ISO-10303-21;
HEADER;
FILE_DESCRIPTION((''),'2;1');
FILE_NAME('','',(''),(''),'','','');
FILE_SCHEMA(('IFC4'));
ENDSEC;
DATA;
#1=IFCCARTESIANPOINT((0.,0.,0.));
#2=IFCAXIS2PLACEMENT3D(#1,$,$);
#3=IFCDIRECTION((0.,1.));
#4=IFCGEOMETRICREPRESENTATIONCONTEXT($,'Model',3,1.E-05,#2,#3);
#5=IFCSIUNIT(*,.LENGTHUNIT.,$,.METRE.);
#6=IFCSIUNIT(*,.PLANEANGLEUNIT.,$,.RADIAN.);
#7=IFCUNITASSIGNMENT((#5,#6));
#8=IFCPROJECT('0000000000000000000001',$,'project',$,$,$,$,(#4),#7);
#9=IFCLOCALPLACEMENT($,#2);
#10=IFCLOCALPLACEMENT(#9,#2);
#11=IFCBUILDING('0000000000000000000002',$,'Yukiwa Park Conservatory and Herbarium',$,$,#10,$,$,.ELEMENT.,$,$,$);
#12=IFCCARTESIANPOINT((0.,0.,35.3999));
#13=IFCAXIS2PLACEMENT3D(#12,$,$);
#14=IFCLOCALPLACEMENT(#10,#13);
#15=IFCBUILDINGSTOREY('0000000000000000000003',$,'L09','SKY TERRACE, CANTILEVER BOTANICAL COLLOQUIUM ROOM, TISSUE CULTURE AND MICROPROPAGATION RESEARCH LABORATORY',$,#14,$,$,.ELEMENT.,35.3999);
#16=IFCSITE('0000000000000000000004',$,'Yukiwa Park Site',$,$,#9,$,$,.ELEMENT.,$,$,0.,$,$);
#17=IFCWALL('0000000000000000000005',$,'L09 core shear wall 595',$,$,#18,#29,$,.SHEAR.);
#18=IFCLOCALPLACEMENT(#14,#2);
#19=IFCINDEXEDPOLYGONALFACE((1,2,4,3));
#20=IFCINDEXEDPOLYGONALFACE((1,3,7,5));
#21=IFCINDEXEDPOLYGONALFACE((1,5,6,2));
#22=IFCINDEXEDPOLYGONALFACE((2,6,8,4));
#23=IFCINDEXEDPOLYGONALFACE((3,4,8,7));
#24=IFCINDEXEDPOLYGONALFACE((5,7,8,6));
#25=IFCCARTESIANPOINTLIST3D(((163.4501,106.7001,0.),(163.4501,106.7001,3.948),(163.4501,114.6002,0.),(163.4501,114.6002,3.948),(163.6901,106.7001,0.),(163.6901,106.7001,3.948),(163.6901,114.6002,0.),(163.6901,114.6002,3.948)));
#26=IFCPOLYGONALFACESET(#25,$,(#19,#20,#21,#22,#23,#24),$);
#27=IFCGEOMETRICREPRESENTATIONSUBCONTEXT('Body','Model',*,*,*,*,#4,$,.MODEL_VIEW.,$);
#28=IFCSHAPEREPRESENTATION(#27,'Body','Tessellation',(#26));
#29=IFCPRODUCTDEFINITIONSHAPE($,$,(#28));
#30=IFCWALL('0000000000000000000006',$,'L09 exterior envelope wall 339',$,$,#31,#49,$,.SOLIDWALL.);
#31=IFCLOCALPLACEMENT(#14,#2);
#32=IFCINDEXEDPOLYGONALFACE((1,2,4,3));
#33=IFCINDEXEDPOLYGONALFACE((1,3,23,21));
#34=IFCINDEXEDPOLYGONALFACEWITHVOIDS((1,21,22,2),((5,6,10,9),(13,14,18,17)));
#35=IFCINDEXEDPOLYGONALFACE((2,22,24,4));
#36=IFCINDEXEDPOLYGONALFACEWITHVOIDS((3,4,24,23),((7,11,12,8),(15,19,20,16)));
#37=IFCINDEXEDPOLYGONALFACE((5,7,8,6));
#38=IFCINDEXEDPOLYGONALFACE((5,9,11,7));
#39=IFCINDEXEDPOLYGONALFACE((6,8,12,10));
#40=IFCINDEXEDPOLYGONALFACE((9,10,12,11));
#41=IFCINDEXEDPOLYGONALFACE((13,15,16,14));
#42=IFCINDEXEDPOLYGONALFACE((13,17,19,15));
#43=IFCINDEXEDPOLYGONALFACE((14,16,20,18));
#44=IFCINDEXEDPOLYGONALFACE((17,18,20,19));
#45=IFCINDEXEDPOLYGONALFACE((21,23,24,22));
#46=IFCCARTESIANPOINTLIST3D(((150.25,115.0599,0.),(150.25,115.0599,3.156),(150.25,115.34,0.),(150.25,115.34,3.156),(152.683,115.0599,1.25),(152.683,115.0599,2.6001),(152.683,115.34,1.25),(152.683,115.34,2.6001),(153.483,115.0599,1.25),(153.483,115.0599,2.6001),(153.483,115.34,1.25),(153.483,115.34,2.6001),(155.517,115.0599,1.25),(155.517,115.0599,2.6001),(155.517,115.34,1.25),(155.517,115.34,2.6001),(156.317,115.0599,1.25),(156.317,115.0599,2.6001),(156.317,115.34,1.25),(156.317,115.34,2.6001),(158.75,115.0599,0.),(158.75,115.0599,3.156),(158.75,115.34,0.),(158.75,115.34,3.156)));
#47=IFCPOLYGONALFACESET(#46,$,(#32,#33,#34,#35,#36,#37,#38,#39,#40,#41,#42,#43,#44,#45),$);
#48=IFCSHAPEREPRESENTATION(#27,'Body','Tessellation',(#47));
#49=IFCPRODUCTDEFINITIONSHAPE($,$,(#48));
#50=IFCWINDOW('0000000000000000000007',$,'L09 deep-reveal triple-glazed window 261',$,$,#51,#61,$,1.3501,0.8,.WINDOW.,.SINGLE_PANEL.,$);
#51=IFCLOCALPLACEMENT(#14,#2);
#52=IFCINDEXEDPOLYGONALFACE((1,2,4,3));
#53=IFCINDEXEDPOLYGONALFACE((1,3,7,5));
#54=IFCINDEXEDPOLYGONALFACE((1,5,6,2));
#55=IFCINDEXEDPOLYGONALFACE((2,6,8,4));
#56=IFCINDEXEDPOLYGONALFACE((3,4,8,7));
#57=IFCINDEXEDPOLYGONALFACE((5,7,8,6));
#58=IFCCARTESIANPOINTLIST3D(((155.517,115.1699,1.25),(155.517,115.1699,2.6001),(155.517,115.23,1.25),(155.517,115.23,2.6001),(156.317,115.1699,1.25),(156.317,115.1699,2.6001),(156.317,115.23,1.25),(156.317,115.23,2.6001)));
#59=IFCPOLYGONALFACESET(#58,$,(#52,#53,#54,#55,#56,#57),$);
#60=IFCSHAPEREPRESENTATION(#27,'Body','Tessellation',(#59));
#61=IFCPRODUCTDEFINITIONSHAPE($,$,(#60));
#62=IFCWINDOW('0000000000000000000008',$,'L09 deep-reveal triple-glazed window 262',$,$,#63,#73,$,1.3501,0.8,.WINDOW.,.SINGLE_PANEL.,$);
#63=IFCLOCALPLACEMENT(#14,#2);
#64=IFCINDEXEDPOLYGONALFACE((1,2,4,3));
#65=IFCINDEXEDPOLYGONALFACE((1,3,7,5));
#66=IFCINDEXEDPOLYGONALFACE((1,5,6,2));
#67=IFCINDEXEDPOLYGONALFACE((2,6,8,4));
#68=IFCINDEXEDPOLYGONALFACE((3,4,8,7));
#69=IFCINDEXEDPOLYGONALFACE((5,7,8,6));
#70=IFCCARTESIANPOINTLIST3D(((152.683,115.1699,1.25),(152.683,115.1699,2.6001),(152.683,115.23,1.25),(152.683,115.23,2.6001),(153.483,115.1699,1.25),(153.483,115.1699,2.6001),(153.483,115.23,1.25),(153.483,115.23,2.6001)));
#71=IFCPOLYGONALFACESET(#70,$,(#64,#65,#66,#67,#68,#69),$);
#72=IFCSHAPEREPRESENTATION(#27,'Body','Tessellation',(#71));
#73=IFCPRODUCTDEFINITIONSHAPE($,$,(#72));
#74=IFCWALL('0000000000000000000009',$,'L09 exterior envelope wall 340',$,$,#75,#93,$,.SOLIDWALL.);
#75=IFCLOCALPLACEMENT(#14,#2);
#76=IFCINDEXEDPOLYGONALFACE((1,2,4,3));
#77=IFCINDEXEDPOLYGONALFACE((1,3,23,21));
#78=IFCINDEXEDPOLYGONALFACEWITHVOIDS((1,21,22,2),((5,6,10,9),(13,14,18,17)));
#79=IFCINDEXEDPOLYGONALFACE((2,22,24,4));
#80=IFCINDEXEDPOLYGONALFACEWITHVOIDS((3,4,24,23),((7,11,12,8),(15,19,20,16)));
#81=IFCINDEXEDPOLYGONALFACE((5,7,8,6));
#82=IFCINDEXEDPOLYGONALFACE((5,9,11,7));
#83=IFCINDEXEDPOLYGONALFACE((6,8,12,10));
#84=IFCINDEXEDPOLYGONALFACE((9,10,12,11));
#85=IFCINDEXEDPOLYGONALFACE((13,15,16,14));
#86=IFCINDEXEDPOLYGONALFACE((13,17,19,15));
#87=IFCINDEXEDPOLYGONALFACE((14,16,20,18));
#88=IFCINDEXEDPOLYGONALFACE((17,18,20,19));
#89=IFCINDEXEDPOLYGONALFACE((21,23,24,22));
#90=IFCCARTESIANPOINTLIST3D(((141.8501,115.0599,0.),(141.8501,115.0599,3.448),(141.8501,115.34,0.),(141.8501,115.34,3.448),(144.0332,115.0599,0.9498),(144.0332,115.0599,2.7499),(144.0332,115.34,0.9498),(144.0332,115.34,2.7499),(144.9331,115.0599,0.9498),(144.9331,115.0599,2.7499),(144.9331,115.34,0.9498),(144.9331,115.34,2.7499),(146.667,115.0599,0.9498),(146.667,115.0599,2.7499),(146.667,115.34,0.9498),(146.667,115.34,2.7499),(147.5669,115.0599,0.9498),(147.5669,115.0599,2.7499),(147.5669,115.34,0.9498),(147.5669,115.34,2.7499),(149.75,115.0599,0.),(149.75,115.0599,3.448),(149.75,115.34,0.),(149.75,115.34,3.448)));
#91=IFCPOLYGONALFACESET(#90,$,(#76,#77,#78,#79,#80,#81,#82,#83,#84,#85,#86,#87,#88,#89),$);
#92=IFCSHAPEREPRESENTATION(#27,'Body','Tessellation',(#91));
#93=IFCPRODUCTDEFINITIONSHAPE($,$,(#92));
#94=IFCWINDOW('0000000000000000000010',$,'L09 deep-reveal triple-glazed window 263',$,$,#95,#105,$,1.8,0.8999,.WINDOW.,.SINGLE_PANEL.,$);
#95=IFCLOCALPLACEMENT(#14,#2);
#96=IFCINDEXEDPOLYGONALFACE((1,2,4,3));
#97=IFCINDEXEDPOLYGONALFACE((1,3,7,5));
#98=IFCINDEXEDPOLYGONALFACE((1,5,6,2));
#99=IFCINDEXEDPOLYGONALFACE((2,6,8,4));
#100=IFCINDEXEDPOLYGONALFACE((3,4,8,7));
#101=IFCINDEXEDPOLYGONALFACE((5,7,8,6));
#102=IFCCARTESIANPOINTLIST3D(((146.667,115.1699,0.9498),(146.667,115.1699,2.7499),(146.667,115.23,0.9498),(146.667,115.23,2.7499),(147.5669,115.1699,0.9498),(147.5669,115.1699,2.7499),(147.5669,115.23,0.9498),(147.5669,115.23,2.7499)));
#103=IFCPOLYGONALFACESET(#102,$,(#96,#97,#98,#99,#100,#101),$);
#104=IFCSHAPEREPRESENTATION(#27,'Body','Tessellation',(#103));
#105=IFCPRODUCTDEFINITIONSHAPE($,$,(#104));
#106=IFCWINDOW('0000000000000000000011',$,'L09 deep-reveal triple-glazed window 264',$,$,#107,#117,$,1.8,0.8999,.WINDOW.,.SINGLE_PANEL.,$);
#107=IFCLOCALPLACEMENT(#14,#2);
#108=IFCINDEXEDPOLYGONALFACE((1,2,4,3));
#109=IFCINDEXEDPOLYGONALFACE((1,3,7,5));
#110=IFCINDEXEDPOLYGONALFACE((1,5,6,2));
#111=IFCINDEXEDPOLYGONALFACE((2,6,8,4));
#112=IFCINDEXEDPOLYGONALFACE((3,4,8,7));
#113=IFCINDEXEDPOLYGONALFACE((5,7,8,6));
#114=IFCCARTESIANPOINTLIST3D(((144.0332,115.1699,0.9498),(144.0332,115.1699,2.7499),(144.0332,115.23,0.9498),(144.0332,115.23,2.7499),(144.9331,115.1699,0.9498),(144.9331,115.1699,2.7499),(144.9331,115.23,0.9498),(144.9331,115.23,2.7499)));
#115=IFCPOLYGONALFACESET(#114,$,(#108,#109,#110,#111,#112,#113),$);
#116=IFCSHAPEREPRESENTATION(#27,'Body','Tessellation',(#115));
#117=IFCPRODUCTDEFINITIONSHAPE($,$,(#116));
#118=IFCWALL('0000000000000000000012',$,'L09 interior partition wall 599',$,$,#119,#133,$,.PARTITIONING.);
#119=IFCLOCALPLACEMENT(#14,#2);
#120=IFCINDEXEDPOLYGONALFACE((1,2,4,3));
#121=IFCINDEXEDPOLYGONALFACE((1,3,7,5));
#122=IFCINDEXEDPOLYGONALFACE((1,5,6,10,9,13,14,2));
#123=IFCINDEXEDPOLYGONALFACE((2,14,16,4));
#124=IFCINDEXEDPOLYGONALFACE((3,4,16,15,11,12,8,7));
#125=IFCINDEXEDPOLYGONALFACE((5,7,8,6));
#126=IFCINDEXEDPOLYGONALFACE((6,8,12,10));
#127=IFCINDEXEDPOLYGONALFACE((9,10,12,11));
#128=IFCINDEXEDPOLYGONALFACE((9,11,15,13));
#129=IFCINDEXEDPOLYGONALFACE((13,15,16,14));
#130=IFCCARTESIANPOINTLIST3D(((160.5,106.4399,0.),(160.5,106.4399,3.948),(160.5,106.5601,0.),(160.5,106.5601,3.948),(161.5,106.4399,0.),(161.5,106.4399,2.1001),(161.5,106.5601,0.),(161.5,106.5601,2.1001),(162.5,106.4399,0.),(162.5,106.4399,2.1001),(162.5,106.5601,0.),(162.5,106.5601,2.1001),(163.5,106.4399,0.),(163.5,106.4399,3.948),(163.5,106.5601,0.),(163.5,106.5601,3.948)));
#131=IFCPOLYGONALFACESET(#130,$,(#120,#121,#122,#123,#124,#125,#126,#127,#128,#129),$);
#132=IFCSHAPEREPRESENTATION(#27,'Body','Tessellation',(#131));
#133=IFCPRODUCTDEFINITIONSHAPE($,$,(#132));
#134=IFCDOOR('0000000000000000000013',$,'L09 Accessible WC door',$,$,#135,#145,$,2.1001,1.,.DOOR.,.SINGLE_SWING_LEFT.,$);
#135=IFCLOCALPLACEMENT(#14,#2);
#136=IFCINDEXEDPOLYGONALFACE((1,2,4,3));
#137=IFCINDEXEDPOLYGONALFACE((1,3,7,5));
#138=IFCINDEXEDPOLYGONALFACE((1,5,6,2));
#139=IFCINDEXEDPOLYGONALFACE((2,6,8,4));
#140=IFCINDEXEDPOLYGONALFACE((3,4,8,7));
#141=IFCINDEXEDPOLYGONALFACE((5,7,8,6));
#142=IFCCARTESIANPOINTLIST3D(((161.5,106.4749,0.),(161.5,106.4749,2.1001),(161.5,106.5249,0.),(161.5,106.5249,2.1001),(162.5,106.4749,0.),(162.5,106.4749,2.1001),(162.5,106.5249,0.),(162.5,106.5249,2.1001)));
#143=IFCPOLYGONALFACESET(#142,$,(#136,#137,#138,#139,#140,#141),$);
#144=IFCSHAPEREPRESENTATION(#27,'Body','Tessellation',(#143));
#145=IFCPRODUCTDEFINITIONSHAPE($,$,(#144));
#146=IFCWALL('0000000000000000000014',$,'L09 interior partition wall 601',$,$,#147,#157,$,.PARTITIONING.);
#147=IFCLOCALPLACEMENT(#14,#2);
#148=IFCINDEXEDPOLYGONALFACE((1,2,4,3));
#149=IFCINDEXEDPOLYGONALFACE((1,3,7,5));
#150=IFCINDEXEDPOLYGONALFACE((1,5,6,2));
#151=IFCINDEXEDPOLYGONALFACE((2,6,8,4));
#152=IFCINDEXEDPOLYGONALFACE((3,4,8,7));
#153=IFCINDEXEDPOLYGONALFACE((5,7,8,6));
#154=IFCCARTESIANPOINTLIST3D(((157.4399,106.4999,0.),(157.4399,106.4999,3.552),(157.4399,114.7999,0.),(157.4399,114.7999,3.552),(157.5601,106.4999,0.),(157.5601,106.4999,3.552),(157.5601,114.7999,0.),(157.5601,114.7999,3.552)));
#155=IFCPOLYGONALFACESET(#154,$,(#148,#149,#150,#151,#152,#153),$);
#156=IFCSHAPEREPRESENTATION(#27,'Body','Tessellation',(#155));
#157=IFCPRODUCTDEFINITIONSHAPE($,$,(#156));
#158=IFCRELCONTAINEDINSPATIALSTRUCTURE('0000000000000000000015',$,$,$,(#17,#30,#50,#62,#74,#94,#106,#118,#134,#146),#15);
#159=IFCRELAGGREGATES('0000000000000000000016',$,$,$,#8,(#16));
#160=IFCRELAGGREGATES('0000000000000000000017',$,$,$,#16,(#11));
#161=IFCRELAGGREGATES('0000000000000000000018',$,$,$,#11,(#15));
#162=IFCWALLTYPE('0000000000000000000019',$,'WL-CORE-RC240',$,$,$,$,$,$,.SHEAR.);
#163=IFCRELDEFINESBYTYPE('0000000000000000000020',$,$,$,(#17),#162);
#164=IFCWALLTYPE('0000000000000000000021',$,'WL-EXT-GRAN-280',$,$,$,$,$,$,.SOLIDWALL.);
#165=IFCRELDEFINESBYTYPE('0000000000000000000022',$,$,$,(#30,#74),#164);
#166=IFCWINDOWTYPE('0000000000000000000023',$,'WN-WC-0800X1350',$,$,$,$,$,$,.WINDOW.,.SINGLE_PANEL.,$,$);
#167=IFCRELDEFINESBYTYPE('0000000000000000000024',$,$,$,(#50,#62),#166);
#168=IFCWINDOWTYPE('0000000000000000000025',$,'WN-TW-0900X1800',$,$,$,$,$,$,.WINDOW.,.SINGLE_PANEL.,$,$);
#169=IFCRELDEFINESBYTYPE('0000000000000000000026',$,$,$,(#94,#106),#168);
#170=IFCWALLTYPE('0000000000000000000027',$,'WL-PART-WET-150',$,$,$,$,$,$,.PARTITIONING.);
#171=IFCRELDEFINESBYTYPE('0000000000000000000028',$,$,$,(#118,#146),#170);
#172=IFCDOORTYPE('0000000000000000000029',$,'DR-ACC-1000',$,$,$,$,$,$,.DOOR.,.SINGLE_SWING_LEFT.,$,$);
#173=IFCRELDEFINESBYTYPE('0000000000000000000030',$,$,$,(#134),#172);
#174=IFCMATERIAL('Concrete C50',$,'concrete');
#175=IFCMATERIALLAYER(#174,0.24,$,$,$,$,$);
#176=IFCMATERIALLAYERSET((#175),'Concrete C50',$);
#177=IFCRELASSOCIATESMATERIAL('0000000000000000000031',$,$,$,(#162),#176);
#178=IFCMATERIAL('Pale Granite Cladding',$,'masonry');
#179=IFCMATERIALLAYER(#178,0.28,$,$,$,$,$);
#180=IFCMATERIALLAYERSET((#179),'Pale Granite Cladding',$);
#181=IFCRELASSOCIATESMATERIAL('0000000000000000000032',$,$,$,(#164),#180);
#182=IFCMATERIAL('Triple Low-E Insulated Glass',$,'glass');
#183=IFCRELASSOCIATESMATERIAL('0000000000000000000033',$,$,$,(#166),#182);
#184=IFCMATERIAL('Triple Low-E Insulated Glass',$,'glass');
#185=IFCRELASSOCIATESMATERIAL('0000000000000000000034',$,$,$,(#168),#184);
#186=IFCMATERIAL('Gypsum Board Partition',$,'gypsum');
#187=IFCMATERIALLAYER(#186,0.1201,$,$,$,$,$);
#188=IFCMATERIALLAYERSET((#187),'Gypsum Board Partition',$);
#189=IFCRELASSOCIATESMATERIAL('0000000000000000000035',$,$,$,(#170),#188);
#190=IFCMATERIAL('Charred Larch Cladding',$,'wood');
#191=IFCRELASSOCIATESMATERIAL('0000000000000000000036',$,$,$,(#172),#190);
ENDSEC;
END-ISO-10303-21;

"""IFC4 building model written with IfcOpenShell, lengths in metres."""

from ifc_helpers import new_model, si_unit, direction, frame, frame_2d, origin, place, context, subcontext, project, spatial, rectangle, extrude, material, layer, layer_set, type_object, element, fill, save


model = new_model("IFC4")

# Units and contexts
model_context = context("Model", 3, precision=1e-05, world=origin(), true_north=direction((0.0, 1.0)))
body_context = subcontext(model_context, "Body", "Model", "MODEL_VIEW")
ifc_project = project(units=[si_unit("LENGTHUNIT", "METRE"), si_unit("PLANEANGLEUNIT", "RADIAN")], contexts=[model_context])

# Site, building, storey
site_placement = place(None, origin())
site = spatial("IfcSite", under=ifc_project, at=site_placement, Name="Yukiwa Park Site", CompositionType="ELEMENT", RefElevation=0.0)
building_placement = place(site_placement, origin())
building = spatial("IfcBuilding", under=site, at=building_placement, Name="Yukiwa Park Conservatory and Herbarium", CompositionType="ELEMENT")
storey_placement = place(building_placement, frame((0.0, 0.0, 35.3999)))
storey = spatial("IfcBuildingStorey", under=building, at=storey_placement, Name="L09", Description="SKY TERRACE, CANTILEVER BOTANICAL COLLOQUIUM ROOM, TISSUE CULTURE AND MICROPROPAGATION RESEARCH LABORATORY", CompositionType="ELEMENT", Elevation=35.3999)

# Shared definitions
ifc_material_1 = material(Name="Concrete C50", Category="concrete")
ifc_layer_1 = layer(ifc_material_1, 0.24)
ifc_layer_set_1 = layer_set([ifc_layer_1], Name="Concrete C50")
wall_type_1 = type_object("IfcWallType", Name="WL-CORE-RC240", PredefinedType="SHEAR", material=ifc_layer_set_1)

# Wall
wall_1_placement = place(storey_placement, frame((163.5701, 106.7, 0.0), z_axis=(0.0, 0.0, 1.0), x_axis=(0.0, 1.0, 0.0)))
element("IfcWall", 1, at=wall_1_placement, inside=storey, type_object=wall_type_1, Name="L09 core shear wall 595", PredefinedType="SHEAR", context=body_context, shape_type="SweptSolid", body=[
    extrude(rectangle(XDim=7.9001, YDim=0.24, at=frame_2d((3.9502, 0.0))), origin(), (0.0, 0.0, 1.0), 3.948),
])

# Walls, openings, windows
ifc_material_2 = material(Name="Pale Granite Cladding", Category="masonry")
ifc_layer_2 = layer(ifc_material_2, 0.28)
ifc_layer_set_2 = layer_set([ifc_layer_2], Name="Pale Granite Cladding")
wall_type_2 = type_object("IfcWallType", Name="WL-EXT-GRAN-280", PredefinedType="SOLIDWALL", material=ifc_layer_set_2)
wall_2_placement = place(storey_placement, frame((158.75, 115.2, 0.0), z_axis=(0.0, 0.0, 1.0), x_axis=(-1.0, 0.0, 0.0)))
wall_2 = element("IfcWall", 2, at=wall_2_placement, inside=storey, type_object=wall_type_2, Name="L09 exterior envelope wall 339", PredefinedType="SOLIDWALL", context=body_context, shape_type="SweptSolid", body=[
    extrude(rectangle(XDim=8.5, YDim=0.28, at=frame_2d((4.25, 0.0))), origin(), (0.0, 0.0, 1.0), 3.156),
])
opening_1_placement = place(wall_2_placement, frame((2.4331, 0.0, 1.25)))
opening_1 = element("IfcOpeningElement", 3, at=opening_1_placement, cuts=wall_2, PredefinedType="OPENING", context=body_context, shape_type="SweptSolid", body=[
    extrude(rectangle(XDim=0.8, YDim=1.3501, at=frame_2d((0.3999, 0.675))), frame((0.0, 0.1499, 0.0), z_axis=(0.0, -1.0, 0.0), x_axis=(1.0, 0.0, 0.0)), (0.0, 0.0, 1.0), 0.3),
])
opening_2_placement = place(wall_2_placement, frame((5.2671, 0.0, 1.25)))
opening_2 = element("IfcOpeningElement", 4, at=opening_2_placement, cuts=wall_2, PredefinedType="OPENING", context=body_context, shape_type="SweptSolid", body=[
    extrude(rectangle(XDim=0.8, YDim=1.3501, at=frame_2d((0.3999, 0.675))), frame((0.0, 0.1499, 0.0), z_axis=(0.0, -1.0, 0.0), x_axis=(1.0, 0.0, 0.0)), (0.0, 0.0, 1.0), 0.3),
])
ifc_material_3 = material(Name="Triple Low-E Insulated Glass", Category="glass")
window_type_1 = type_object("IfcWindowType", Name="WN-WC-0800X1350", PartitioningType="SINGLE_PANEL", PredefinedType="WINDOW", material=ifc_material_3)
window_1_placement = place(opening_1_placement, origin())
window_1 = element("IfcWindow", 5, at=window_1_placement, inside=storey, type_object=window_type_1, Name="L09 deep-reveal triple-glazed window 261", OverallHeight=1.3501, OverallWidth=0.8, PartitioningType="SINGLE_PANEL", PredefinedType="WINDOW", context=body_context, shape_type="SweptSolid", body=[
    extrude(rectangle(XDim=0.8, YDim=1.3501, at=frame_2d((0.3999, 0.675))), frame((0.0, 0.03, 0.0), z_axis=(0.0, -1.0, 0.0), x_axis=(1.0, 0.0, 0.0)), (0.0, 0.0, 1.0), 0.0601),
])
fill(opening_1, window_1)
window_2_placement = place(opening_2_placement, origin())
window_2 = element("IfcWindow", 6, at=window_2_placement, inside=storey, type_object=window_type_1, Name="L09 deep-reveal triple-glazed window 262", OverallHeight=1.3501, OverallWidth=0.8, PartitioningType="SINGLE_PANEL", PredefinedType="WINDOW", context=body_context, shape_type="SweptSolid", body=[
    extrude(rectangle(XDim=0.8, YDim=1.3501, at=frame_2d((0.3999, 0.675))), frame((0.0, 0.03, 0.0), z_axis=(0.0, -1.0, 0.0), x_axis=(1.0, 0.0, 0.0)), (0.0, 0.0, 1.0), 0.0601),
])
fill(opening_2, window_2)
wall_3_placement = place(storey_placement, frame((149.75, 115.2, 0.0), z_axis=(0.0, 0.0, 1.0), x_axis=(-1.0, 0.0, 0.0)))
wall_3 = element("IfcWall", 7, at=wall_3_placement, inside=storey, type_object=wall_type_2, Name="L09 exterior envelope wall 340", PredefinedType="SOLIDWALL", context=body_context, shape_type="SweptSolid", body=[
    extrude(rectangle(XDim=7.8999, YDim=0.28, at=frame_2d((3.95, 0.0))), origin(), (0.0, 0.0, 1.0), 3.448),
])
opening_3_placement = place(wall_3_placement, frame((2.1831, 0.0, 0.95)))
opening_3 = element("IfcOpeningElement", 8, at=opening_3_placement, cuts=wall_3, PredefinedType="OPENING", context=body_context, shape_type="SweptSolid", body=[
    extrude(rectangle(XDim=0.8999, YDim=1.8, at=frame_2d((0.45, 0.8999))), frame((0.0, 0.1499, 0.0), z_axis=(0.0, -1.0, 0.0), x_axis=(1.0, 0.0, 0.0)), (0.0, 0.0, 1.0), 0.3),
])
opening_4_placement = place(wall_3_placement, frame((4.8169, 0.0, 0.95)))
opening_4 = element("IfcOpeningElement", 9, at=opening_4_placement, cuts=wall_3, PredefinedType="OPENING", context=body_context, shape_type="SweptSolid", body=[
    extrude(rectangle(XDim=0.8999, YDim=1.8, at=frame_2d((0.45, 0.8999))), frame((0.0, 0.1499, 0.0), z_axis=(0.0, -1.0, 0.0), x_axis=(1.0, 0.0, 0.0)), (0.0, 0.0, 1.0), 0.3),
])
ifc_material_4 = material(Name="Triple Low-E Insulated Glass", Category="glass")
window_type_2 = type_object("IfcWindowType", Name="WN-TW-0900X1800", PartitioningType="SINGLE_PANEL", PredefinedType="WINDOW", material=ifc_material_4)
window_3_placement = place(opening_3_placement, origin())
window_3 = element("IfcWindow", 10, at=window_3_placement, inside=storey, type_object=window_type_2, Name="L09 deep-reveal triple-glazed window 263", OverallHeight=1.8, OverallWidth=0.8999, PartitioningType="SINGLE_PANEL", PredefinedType="WINDOW", context=body_context, shape_type="SweptSolid", body=[
    extrude(rectangle(XDim=0.8999, YDim=1.8, at=frame_2d((0.45, 0.8999))), frame((0.0, 0.03, 0.0), z_axis=(0.0, -1.0, 0.0), x_axis=(1.0, 0.0, 0.0)), (0.0, 0.0, 1.0), 0.0601),
])
fill(opening_3, window_3)
window_4_placement = place(opening_4_placement, origin())
window_4 = element("IfcWindow", 11, at=window_4_placement, inside=storey, type_object=window_type_2, Name="L09 deep-reveal triple-glazed window 264", OverallHeight=1.8, OverallWidth=0.8999, PartitioningType="SINGLE_PANEL", PredefinedType="WINDOW", context=body_context, shape_type="SweptSolid", body=[
    extrude(rectangle(XDim=0.8999, YDim=1.8, at=frame_2d((0.45, 0.8999))), frame((0.0, 0.03, 0.0), z_axis=(0.0, -1.0, 0.0), x_axis=(1.0, 0.0, 0.0)), (0.0, 0.0, 1.0), 0.0601),
])
fill(opening_4, window_4)

# Wall, opening, door
ifc_material_5 = material(Name="Gypsum Board Partition", Category="gypsum")
ifc_layer_3 = layer(ifc_material_5, 0.1201)
ifc_layer_set_3 = layer_set([ifc_layer_3], Name="Gypsum Board Partition")
wall_type_3 = type_object("IfcWallType", Name="WL-PART-WET-150", PredefinedType="PARTITIONING", material=ifc_layer_set_3)
wall_4_placement = place(storey_placement, frame((160.5, 106.5, 0.0), z_axis=(0.0, 0.0, 1.0), x_axis=(1.0, 0.0, 0.0)))
wall_4 = element("IfcWall", 12, at=wall_4_placement, inside=storey, type_object=wall_type_3, Name="L09 interior partition wall 599", PredefinedType="PARTITIONING", context=body_context, shape_type="SweptSolid", body=[
    extrude(rectangle(XDim=3.0, YDim=0.1201, at=frame_2d((1.5, 0.0))), origin(), (0.0, 0.0, 1.0), 3.948),
])
opening_5_placement = place(wall_4_placement, frame((1.0, 0.0, 0.0)))
opening_5 = element("IfcOpeningElement", 13, at=opening_5_placement, cuts=wall_4, PredefinedType="OPENING", context=body_context, shape_type="SweptSolid", body=[
    extrude(rectangle(XDim=1.0, YDim=2.1001, at=frame_2d((0.5, 1.05))), frame((0.0, 0.0701, 0.0), z_axis=(0.0, -1.0, 0.0), x_axis=(1.0, 0.0, 0.0)), (0.0, 0.0, 1.0), 0.1401),
])
ifc_material_6 = material(Name="Charred Larch Cladding", Category="wood")
door_type_1 = type_object("IfcDoorType", Name="DR-ACC-1000", OperationType="SINGLE_SWING_LEFT", PredefinedType="DOOR", material=ifc_material_6)
door_1_placement = place(opening_5_placement, origin())
door_1 = element("IfcDoor", 14, at=door_1_placement, inside=storey, type_object=door_type_1, Name="L09 Accessible WC door", OperationType="SINGLE_SWING_LEFT", OverallHeight=2.1001, OverallWidth=1.0, PredefinedType="DOOR", context=body_context, shape_type="SweptSolid", body=[
    extrude(rectangle(XDim=1.0, YDim=2.1001, at=frame_2d((0.5, 1.05))), frame((0.0, 0.0249, 0.0), z_axis=(0.0, -1.0, 0.0), x_axis=(1.0, 0.0, 0.0)), (0.0, 0.0, 1.0), 0.05),
])
fill(opening_5, door_1)

# Wall
wall_5_placement = place(storey_placement, frame((157.5, 106.5, 0.0), z_axis=(0.0, 0.0, 1.0), x_axis=(0.0, 1.0, 0.0)))
element("IfcWall", 15, at=wall_5_placement, inside=storey, type_object=wall_type_3, Name="L09 interior partition wall 601", PredefinedType="PARTITIONING", context=body_context, shape_type="SweptSolid", body=[
    extrude(rectangle(XDim=8.3, YDim=0.1201, at=frame_2d((4.1499, 0.0))), origin(), (0.0, 0.0, 1.0), 3.552),
])

save(model, "model.ifc")
